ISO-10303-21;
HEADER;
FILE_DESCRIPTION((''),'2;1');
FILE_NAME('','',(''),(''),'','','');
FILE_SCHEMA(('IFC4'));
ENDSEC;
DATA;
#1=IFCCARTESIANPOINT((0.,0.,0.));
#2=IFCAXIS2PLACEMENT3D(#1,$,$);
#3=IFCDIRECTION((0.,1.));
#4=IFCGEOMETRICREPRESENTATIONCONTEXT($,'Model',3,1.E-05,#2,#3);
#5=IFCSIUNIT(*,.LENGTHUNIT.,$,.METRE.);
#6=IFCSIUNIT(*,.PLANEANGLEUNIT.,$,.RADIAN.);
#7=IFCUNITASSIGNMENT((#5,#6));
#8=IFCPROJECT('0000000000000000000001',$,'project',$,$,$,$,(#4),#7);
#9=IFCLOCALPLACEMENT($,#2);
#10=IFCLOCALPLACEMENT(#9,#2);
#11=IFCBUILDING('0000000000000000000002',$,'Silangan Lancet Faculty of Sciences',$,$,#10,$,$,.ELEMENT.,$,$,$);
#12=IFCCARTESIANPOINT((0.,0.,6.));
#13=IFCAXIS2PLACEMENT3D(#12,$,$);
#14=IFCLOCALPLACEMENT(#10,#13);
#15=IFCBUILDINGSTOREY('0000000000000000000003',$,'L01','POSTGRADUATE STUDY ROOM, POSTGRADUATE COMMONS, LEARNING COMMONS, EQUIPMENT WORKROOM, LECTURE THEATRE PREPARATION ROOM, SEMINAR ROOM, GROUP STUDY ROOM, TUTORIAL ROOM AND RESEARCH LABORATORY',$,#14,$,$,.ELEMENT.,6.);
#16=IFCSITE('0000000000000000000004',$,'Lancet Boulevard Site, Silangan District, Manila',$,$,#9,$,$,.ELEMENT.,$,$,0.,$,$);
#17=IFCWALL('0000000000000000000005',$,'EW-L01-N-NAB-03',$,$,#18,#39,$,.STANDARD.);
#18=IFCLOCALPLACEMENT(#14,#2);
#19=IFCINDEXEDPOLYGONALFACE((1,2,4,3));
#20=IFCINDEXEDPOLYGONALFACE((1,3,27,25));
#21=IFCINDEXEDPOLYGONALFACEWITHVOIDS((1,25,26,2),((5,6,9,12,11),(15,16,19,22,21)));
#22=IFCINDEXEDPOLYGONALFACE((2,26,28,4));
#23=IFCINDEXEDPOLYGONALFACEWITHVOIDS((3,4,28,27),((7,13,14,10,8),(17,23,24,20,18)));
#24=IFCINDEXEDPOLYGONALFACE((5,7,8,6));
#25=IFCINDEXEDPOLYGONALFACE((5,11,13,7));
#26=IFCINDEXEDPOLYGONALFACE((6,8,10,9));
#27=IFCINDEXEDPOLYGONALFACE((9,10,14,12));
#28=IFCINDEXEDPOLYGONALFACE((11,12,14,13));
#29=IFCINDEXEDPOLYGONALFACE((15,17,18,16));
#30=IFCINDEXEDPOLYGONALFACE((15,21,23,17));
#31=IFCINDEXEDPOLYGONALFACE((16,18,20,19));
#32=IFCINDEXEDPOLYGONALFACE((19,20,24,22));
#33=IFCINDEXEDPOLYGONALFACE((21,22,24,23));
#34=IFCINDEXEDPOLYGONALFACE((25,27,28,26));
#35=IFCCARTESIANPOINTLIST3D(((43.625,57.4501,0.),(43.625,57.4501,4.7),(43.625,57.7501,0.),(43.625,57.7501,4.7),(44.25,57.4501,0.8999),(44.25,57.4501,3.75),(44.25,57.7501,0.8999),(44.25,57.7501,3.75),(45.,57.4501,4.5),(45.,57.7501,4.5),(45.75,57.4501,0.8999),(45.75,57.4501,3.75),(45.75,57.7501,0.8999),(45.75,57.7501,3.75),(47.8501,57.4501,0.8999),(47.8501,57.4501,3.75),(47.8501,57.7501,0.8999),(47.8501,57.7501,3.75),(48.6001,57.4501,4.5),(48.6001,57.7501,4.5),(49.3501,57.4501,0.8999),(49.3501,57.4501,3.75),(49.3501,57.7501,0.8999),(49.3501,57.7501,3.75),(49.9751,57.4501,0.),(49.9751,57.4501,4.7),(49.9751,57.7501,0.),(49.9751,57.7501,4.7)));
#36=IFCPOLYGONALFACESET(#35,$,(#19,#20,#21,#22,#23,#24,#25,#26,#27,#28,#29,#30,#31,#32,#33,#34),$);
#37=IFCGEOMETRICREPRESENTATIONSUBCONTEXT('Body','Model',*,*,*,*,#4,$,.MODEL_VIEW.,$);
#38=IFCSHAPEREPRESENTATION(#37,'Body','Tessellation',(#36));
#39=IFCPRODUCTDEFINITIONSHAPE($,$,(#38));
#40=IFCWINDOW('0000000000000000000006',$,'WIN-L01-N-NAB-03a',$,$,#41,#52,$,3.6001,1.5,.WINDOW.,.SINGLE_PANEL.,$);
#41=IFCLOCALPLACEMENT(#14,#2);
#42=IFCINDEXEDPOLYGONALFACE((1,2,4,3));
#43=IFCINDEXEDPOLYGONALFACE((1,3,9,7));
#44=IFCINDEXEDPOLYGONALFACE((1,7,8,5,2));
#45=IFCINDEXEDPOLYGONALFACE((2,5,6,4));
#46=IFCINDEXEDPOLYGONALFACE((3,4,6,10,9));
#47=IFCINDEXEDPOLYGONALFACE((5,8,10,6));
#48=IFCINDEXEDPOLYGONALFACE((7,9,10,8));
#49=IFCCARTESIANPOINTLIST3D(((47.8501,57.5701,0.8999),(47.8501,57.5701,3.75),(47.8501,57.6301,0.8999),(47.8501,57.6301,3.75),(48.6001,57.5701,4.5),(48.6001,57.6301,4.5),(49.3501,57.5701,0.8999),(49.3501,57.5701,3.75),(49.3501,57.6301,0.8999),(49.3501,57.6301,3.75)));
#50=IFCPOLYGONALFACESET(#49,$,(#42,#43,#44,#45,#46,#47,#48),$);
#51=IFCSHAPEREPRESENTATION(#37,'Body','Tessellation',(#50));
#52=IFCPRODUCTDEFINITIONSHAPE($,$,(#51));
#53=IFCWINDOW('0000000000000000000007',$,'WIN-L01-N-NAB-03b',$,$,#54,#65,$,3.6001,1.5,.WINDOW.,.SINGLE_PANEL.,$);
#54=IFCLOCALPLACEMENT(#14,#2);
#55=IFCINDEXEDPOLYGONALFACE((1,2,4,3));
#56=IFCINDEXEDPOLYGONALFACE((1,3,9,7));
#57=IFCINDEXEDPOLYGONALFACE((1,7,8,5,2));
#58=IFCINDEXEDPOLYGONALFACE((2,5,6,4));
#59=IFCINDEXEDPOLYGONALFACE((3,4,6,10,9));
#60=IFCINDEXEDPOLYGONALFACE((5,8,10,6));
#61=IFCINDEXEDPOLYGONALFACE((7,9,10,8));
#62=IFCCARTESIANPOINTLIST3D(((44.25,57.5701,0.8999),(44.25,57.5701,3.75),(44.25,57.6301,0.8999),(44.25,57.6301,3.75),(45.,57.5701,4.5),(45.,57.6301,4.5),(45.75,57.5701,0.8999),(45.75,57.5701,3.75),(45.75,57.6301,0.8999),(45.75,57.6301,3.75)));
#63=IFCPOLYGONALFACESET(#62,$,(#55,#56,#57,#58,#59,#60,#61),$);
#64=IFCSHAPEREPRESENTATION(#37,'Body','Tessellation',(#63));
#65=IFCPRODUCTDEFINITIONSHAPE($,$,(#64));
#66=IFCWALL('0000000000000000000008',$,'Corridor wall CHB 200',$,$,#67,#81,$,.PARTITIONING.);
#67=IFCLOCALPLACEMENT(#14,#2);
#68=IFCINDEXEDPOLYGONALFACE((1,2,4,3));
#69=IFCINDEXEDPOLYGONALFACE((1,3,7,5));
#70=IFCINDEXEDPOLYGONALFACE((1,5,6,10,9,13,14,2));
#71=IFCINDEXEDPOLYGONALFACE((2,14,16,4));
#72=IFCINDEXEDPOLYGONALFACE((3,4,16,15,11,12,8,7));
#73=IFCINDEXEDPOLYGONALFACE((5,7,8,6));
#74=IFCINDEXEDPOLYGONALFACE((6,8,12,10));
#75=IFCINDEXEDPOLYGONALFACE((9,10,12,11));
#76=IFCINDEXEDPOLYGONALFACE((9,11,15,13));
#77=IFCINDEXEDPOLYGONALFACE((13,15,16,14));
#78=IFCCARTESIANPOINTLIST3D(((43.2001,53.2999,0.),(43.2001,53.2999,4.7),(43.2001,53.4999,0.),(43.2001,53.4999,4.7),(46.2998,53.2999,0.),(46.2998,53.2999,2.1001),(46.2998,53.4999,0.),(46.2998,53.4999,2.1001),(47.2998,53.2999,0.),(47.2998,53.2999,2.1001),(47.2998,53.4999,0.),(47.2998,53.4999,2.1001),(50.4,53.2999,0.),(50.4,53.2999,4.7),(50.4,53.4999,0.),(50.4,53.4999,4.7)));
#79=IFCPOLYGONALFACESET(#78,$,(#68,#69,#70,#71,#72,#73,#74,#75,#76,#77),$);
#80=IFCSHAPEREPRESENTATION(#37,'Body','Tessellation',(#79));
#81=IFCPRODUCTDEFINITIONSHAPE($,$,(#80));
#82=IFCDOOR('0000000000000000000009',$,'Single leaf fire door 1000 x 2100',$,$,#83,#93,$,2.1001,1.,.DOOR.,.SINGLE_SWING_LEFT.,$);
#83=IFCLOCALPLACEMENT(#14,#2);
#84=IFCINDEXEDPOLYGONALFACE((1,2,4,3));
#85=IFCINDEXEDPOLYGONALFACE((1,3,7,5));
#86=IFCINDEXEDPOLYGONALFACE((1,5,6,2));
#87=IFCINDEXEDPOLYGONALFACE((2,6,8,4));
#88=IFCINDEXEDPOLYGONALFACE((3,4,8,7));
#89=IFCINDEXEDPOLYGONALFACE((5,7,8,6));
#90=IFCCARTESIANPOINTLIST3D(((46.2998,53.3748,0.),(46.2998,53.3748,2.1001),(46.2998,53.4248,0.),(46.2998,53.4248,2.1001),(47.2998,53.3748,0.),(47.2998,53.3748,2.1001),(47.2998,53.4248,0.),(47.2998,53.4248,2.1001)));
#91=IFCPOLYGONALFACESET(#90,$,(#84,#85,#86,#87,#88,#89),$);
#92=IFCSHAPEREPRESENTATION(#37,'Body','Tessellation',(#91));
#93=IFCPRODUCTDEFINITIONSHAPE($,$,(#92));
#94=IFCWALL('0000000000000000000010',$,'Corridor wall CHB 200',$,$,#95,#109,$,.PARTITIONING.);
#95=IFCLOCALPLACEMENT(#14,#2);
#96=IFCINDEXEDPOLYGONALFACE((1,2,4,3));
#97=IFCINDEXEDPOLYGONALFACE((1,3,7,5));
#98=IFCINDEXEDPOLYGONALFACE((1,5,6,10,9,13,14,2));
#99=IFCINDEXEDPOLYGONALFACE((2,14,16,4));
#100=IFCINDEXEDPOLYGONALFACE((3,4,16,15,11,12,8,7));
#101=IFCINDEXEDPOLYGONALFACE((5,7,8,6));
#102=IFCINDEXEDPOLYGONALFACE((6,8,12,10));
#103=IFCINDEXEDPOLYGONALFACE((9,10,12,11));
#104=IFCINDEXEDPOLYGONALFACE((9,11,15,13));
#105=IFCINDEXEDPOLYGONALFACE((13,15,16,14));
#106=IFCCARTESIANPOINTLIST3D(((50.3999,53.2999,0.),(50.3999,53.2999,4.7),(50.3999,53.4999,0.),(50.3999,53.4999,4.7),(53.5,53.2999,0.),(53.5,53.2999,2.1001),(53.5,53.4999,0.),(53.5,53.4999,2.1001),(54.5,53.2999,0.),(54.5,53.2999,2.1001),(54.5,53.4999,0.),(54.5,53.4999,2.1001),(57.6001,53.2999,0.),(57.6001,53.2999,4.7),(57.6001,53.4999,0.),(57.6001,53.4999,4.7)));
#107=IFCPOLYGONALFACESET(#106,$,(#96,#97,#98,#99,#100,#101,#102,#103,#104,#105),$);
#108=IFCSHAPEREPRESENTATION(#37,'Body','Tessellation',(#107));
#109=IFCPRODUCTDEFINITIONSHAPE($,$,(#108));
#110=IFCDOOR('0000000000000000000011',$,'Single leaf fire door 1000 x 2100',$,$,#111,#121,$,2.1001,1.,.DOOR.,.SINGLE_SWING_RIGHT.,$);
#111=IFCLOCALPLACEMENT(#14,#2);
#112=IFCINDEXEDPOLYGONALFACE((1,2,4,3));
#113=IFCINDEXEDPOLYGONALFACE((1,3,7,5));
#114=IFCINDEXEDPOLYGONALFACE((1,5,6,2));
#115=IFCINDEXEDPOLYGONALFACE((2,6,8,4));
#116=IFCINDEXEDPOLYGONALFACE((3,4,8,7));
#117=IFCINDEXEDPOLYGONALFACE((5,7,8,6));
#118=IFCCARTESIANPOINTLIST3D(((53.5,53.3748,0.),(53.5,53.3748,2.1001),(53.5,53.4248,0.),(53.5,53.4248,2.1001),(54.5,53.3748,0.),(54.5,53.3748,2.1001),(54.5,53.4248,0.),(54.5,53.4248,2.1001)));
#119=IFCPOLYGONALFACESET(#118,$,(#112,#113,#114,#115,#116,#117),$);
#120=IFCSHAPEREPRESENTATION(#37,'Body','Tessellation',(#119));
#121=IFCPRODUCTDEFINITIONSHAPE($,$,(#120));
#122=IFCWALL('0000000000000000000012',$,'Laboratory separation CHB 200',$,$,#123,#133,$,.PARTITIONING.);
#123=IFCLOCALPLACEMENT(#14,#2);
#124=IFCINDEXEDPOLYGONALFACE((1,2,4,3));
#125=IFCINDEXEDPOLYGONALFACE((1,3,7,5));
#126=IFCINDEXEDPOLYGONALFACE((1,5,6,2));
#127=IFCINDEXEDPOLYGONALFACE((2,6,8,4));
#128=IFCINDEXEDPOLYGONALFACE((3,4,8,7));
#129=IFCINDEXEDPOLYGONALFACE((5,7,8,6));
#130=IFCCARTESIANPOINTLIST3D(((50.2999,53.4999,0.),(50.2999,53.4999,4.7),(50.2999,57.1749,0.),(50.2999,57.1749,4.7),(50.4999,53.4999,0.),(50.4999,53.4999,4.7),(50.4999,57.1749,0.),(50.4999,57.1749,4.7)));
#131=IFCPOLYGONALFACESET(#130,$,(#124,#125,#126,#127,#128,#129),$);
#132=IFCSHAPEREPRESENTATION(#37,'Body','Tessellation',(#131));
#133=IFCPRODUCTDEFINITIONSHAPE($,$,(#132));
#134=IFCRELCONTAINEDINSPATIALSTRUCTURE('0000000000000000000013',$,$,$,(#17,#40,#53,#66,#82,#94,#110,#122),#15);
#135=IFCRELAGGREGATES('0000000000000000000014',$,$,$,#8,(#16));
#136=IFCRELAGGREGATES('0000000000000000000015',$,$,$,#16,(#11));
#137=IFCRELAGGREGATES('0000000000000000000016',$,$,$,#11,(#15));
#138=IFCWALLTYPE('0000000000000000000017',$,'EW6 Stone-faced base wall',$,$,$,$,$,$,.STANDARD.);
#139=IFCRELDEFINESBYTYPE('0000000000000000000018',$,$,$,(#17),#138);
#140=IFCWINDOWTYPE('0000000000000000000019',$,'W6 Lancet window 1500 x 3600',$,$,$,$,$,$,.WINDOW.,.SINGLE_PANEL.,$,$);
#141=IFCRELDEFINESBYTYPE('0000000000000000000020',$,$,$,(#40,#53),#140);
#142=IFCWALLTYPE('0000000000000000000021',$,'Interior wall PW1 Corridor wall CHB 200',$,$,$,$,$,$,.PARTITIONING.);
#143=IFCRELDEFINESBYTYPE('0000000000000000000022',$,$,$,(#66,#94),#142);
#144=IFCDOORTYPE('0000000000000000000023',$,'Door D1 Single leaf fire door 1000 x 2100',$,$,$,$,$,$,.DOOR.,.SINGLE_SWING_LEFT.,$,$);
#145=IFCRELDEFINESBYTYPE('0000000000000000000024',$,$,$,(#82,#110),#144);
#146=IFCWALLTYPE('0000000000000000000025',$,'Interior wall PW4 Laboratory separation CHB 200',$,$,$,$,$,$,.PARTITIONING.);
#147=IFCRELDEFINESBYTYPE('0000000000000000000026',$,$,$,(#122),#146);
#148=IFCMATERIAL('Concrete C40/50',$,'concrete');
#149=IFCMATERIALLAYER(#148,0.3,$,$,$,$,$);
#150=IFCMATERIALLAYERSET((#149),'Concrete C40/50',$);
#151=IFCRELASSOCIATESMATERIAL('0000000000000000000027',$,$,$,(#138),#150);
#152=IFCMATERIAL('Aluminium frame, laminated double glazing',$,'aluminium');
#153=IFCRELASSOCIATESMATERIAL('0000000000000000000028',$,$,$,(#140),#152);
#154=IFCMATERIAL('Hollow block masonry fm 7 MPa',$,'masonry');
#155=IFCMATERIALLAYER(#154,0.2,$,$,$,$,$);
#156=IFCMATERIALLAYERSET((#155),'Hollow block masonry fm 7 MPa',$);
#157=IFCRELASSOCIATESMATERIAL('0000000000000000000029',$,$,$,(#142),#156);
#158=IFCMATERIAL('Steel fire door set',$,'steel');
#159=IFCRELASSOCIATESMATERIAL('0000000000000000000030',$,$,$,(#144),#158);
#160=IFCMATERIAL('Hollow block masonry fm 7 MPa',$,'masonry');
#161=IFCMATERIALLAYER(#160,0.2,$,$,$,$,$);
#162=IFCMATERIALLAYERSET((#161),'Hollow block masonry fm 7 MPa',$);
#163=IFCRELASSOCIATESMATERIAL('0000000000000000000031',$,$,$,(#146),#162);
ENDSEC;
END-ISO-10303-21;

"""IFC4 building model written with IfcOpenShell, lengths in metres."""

from ifc_helpers import new_model, si_unit, direction, frame, frame_2d, origin, place, context, subcontext, project, spatial, polyline, rectangle, outline, extrude, material, layer, layer_set, type_object, element, fill, save


model = new_model("IFC4")

# Units and contexts
model_context = context("Model", 3, precision=1e-05, world=origin(), true_north=direction((0.0, 1.0)))
body_context = subcontext(model_context, "Body", "Model", "MODEL_VIEW")
ifc_project = project(units=[si_unit("LENGTHUNIT", "METRE"), si_unit("PLANEANGLEUNIT", "RADIAN")], contexts=[model_context])

# Site, building, storey
site_placement = place(None, origin())
site = spatial("IfcSite", under=ifc_project, at=site_placement, Name="Lancet Boulevard Site, Silangan District, Manila", CompositionType="ELEMENT", RefElevation=0.0)
building_placement = place(site_placement, origin())
building = spatial("IfcBuilding", under=site, at=building_placement, Name="Silangan Lancet Faculty of Sciences", CompositionType="ELEMENT")
storey_placement = place(building_placement, frame((0.0, 0.0, 6.0)))
storey = spatial("IfcBuildingStorey", under=building, at=storey_placement, Name="L01", Description="POSTGRADUATE STUDY ROOM, POSTGRADUATE COMMONS, LEARNING COMMONS, EQUIPMENT WORKROOM, LECTURE THEATRE PREPARATION ROOM, SEMINAR ROOM, GROUP STUDY ROOM, TUTORIAL ROOM AND RESEARCH LABORATORY", CompositionType="ELEMENT", Elevation=6.0)

# Wall, openings, windows
ifc_material_1 = material(Name="Concrete C40/50", Category="concrete")
ifc_layer_1 = layer(ifc_material_1, 0.3)
ifc_layer_set_1 = layer_set([ifc_layer_1], Name="Concrete C40/50")
wall_type_1 = type_object("IfcWallType", Name="EW6 Stone-faced base wall", PredefinedType="STANDARD", material=ifc_layer_set_1)
ifc_material_2 = material(Name="Aluminium frame, laminated double glazing", Category="aluminium")
window_type = type_object("IfcWindowType", Name="W6 Lancet window 1500 x 3600", PartitioningType="SINGLE_PANEL", PredefinedType="WINDOW", material=ifc_material_2)
wall_1_placement = place(storey_placement, frame((49.9751, 57.6001, 0.0), z_axis=(0.0, 0.0, 1.0), x_axis=(-1.0, 0.0, 0.0)))
wall_1 = element("IfcWall", 1, at=wall_1_placement, inside=storey, type_object=wall_type_1, Name="EW-L01-N-NAB-03", PredefinedType="STANDARD", context=body_context, shape_type="SweptSolid", body=[
    extrude(rectangle(XDim=6.3501, YDim=0.3, at=frame_2d((3.175, 0.0))), origin(), (0.0, 0.0, 1.0), 4.7),
])
opening_1_placement = place(wall_1_placement, frame((0.625, 0.0, 0.8999)))
opening_1 = element("IfcOpeningElement", 2, at=opening_1_placement, cuts=wall_1, PredefinedType="OPENING", context=body_context, shape_type="SweptSolid", body=[
    extrude(outline(polyline([(0.0, 0.0), (1.5, 0.0), (1.5, 2.8501), (0.75, 3.6001), (0.0, 2.8501), (0.0, 0.0)])), frame((0.0, 0.1599, 0.0), z_axis=(0.0, -1.0, 0.0), x_axis=(1.0, 0.0, 0.0)), (0.0, 0.0, 1.0), 0.3201),
])
opening_2_placement = place(wall_1_placement, frame((4.2251, 0.0, 0.8999)))
opening_2 = element("IfcOpeningElement", 3, at=opening_2_placement, cuts=wall_1, PredefinedType="OPENING", context=body_context, shape_type="SweptSolid", body=[
    extrude(outline(polyline([(0.0, 0.0), (1.5, 0.0), (1.5, 2.8501), (0.75, 3.6001), (0.0, 2.8501), (0.0, 0.0)])), frame((0.0, 0.1599, 0.0), z_axis=(0.0, -1.0, 0.0), x_axis=(1.0, 0.0, 0.0)), (0.0, 0.0, 1.0), 0.3201),
])
window_1_placement = place(opening_1_placement, origin())
window_1 = element("IfcWindow", 4, at=window_1_placement, inside=storey, type_object=window_type, Name="WIN-L01-N-NAB-03a", OverallHeight=3.6001, OverallWidth=1.5, PartitioningType="SINGLE_PANEL", PredefinedType="WINDOW", context=body_context, shape_type="SweptSolid", body=[
    extrude(outline(polyline([(0.0, 0.0), (1.5, 0.0), (1.5, 2.8501), (0.75, 3.6001), (0.0, 2.8501), (0.0, 0.0)])), frame((0.0, 0.03, 0.0), z_axis=(0.0, -1.0, 0.0), x_axis=(1.0, 0.0, 0.0)), (0.0, 0.0, 1.0), 0.0601),
])
fill(opening_1, window_1)
window_2_placement = place(opening_2_placement, origin())
window_2 = element("IfcWindow", 5, at=window_2_placement, inside=storey, type_object=window_type, Name="WIN-L01-N-NAB-03b", OverallHeight=3.6001, OverallWidth=1.5, PartitioningType="SINGLE_PANEL", PredefinedType="WINDOW", context=body_context, shape_type="SweptSolid", body=[
    extrude(outline(polyline([(0.0, 0.0), (1.5, 0.0), (1.5, 2.8501), (0.75, 3.6001), (0.0, 2.8501), (0.0, 0.0)])), frame((0.0, 0.03, 0.0), z_axis=(0.0, -1.0, 0.0), x_axis=(1.0, 0.0, 0.0)), (0.0, 0.0, 1.0), 0.0601),
])
fill(opening_2, window_2)

# Walls, openings, doors
ifc_material_3 = material(Name="Hollow block masonry fm 7 MPa", Category="masonry")
ifc_layer_2 = layer(ifc_material_3, 0.2)
ifc_layer_set_2 = layer_set([ifc_layer_2], Name="Hollow block masonry fm 7 MPa")
wall_type_2 = type_object("IfcWallType", Name="Interior wall PW1 Corridor wall CHB 200", PredefinedType="PARTITIONING", material=ifc_layer_set_2)
wall_2_placement = place(storey_placement, frame((43.2, 53.3999, 0.0), z_axis=(0.0, 0.0, 1.0), x_axis=(1.0, 0.0, 0.0)))
wall_2 = element("IfcWall", 6, at=wall_2_placement, inside=storey, type_object=wall_type_2, Name="Corridor wall CHB 200", PredefinedType="PARTITIONING", context=body_context, shape_type="SweptSolid", body=[
    extrude(rectangle(XDim=7.2, YDim=0.2, at=frame_2d((3.6001, 0.0))), origin(), (0.0, 0.0, 1.0), 4.7),
])
opening_3_placement = place(wall_2_placement, frame((3.0999, 0.0, 0.0)))
opening_3 = element("IfcOpeningElement", 7, at=opening_3_placement, cuts=wall_2, PredefinedType="OPENING", context=body_context, shape_type="SweptSolid", body=[
    extrude(rectangle(XDim=1.0, YDim=2.1001, at=frame_2d((0.5, 1.05))), frame((0.0, 0.1099, 0.0), z_axis=(0.0, -1.0, 0.0), x_axis=(1.0, 0.0, 0.0)), (0.0, 0.0, 1.0), 0.22),
])
ifc_material_4 = material(Name="Steel fire door set", Category="steel")
door_type = type_object("IfcDoorType", Name="Door D1 Single leaf fire door 1000 x 2100", OperationType="SINGLE_SWING_LEFT", PredefinedType="DOOR", material=ifc_material_4)
door_1_placement = place(opening_3_placement, origin())
door_1 = element("IfcDoor", 8, at=door_1_placement, inside=storey, type_object=door_type, Name="Single leaf fire door 1000 x 2100", OperationType="SINGLE_SWING_LEFT", OverallHeight=2.1001, OverallWidth=1.0, PredefinedType="DOOR", context=body_context, shape_type="SweptSolid", body=[
    extrude(rectangle(XDim=1.0, YDim=2.1001, at=frame_2d((0.5, 1.05))), frame((0.0, 0.0249, 0.0), z_axis=(0.0, -1.0, 0.0), x_axis=(1.0, 0.0, 0.0)), (0.0, 0.0, 1.0), 0.05),
])
fill(opening_3, door_1)
wall_3_placement = place(storey_placement, frame((50.3999, 53.3999, 0.0), z_axis=(0.0, 0.0, 1.0), x_axis=(1.0, 0.0, 0.0)))
wall_3 = element("IfcWall", 9, at=wall_3_placement, inside=storey, type_object=wall_type_2, Name="Corridor wall CHB 200", PredefinedType="PARTITIONING", context=body_context, shape_type="SweptSolid", body=[
    extrude(rectangle(XDim=7.2002, YDim=0.2, at=frame_2d((3.6001, 0.0))), origin(), (0.0, 0.0, 1.0), 4.7),
])
opening_4_placement = place(wall_3_placement, frame((3.1001, 0.0, 0.0)))
opening_4 = element("IfcOpeningElement", 10, at=opening_4_placement, cuts=wall_3, PredefinedType="OPENING", context=body_context, shape_type="SweptSolid", body=[
    extrude(rectangle(XDim=1.0, YDim=2.1001, at=frame_2d((0.5, 1.05))), frame((0.0, 0.1099, 0.0), z_axis=(0.0, -1.0, 0.0), x_axis=(1.0, 0.0, 0.0)), (0.0, 0.0, 1.0), 0.22),
])
door_2_placement = place(opening_4_placement, origin())
door_2 = element("IfcDoor", 11, at=door_2_placement, inside=storey, type_object=door_type, Name="Single leaf fire door 1000 x 2100", OperationType="SINGLE_SWING_RIGHT", OverallHeight=2.1001, OverallWidth=1.0, PredefinedType="DOOR", context=body_context, shape_type="SweptSolid", body=[
    extrude(rectangle(XDim=1.0, YDim=2.1001, at=frame_2d((0.5, 1.05))), frame((0.0, 0.0249, 0.0), z_axis=(0.0, -1.0, 0.0), x_axis=(1.0, 0.0, 0.0)), (0.0, 0.0, 1.0), 0.05),
])
fill(opening_4, door_2)

# Wall
ifc_material_5 = material(Name="Hollow block masonry fm 7 MPa", Category="masonry")
ifc_layer_3 = layer(ifc_material_5, 0.2)
ifc_layer_set_3 = layer_set([ifc_layer_3], Name="Hollow block masonry fm 7 MPa")
wall_type_3 = type_object("IfcWallType", Name="Interior wall PW4 Laboratory separation CHB 200", PredefinedType="PARTITIONING", material=ifc_layer_set_3)
wall_4_placement = place(storey_placement, frame((50.3999, 53.5, 0.0), z_axis=(0.0, 0.0, 1.0), x_axis=(0.0, 1.0, 0.0)))
element("IfcWall", 12, at=wall_4_placement, inside=storey, type_object=wall_type_3, Name="Laboratory separation CHB 200", PredefinedType="PARTITIONING", context=body_context, shape_type="SweptSolid", body=[
    extrude(rectangle(XDim=3.675, YDim=0.2, at=frame_2d((1.8374, 0.0))), origin(), (0.0, 0.0, 1.0), 4.7),
])

save(model, "model.ifc")
